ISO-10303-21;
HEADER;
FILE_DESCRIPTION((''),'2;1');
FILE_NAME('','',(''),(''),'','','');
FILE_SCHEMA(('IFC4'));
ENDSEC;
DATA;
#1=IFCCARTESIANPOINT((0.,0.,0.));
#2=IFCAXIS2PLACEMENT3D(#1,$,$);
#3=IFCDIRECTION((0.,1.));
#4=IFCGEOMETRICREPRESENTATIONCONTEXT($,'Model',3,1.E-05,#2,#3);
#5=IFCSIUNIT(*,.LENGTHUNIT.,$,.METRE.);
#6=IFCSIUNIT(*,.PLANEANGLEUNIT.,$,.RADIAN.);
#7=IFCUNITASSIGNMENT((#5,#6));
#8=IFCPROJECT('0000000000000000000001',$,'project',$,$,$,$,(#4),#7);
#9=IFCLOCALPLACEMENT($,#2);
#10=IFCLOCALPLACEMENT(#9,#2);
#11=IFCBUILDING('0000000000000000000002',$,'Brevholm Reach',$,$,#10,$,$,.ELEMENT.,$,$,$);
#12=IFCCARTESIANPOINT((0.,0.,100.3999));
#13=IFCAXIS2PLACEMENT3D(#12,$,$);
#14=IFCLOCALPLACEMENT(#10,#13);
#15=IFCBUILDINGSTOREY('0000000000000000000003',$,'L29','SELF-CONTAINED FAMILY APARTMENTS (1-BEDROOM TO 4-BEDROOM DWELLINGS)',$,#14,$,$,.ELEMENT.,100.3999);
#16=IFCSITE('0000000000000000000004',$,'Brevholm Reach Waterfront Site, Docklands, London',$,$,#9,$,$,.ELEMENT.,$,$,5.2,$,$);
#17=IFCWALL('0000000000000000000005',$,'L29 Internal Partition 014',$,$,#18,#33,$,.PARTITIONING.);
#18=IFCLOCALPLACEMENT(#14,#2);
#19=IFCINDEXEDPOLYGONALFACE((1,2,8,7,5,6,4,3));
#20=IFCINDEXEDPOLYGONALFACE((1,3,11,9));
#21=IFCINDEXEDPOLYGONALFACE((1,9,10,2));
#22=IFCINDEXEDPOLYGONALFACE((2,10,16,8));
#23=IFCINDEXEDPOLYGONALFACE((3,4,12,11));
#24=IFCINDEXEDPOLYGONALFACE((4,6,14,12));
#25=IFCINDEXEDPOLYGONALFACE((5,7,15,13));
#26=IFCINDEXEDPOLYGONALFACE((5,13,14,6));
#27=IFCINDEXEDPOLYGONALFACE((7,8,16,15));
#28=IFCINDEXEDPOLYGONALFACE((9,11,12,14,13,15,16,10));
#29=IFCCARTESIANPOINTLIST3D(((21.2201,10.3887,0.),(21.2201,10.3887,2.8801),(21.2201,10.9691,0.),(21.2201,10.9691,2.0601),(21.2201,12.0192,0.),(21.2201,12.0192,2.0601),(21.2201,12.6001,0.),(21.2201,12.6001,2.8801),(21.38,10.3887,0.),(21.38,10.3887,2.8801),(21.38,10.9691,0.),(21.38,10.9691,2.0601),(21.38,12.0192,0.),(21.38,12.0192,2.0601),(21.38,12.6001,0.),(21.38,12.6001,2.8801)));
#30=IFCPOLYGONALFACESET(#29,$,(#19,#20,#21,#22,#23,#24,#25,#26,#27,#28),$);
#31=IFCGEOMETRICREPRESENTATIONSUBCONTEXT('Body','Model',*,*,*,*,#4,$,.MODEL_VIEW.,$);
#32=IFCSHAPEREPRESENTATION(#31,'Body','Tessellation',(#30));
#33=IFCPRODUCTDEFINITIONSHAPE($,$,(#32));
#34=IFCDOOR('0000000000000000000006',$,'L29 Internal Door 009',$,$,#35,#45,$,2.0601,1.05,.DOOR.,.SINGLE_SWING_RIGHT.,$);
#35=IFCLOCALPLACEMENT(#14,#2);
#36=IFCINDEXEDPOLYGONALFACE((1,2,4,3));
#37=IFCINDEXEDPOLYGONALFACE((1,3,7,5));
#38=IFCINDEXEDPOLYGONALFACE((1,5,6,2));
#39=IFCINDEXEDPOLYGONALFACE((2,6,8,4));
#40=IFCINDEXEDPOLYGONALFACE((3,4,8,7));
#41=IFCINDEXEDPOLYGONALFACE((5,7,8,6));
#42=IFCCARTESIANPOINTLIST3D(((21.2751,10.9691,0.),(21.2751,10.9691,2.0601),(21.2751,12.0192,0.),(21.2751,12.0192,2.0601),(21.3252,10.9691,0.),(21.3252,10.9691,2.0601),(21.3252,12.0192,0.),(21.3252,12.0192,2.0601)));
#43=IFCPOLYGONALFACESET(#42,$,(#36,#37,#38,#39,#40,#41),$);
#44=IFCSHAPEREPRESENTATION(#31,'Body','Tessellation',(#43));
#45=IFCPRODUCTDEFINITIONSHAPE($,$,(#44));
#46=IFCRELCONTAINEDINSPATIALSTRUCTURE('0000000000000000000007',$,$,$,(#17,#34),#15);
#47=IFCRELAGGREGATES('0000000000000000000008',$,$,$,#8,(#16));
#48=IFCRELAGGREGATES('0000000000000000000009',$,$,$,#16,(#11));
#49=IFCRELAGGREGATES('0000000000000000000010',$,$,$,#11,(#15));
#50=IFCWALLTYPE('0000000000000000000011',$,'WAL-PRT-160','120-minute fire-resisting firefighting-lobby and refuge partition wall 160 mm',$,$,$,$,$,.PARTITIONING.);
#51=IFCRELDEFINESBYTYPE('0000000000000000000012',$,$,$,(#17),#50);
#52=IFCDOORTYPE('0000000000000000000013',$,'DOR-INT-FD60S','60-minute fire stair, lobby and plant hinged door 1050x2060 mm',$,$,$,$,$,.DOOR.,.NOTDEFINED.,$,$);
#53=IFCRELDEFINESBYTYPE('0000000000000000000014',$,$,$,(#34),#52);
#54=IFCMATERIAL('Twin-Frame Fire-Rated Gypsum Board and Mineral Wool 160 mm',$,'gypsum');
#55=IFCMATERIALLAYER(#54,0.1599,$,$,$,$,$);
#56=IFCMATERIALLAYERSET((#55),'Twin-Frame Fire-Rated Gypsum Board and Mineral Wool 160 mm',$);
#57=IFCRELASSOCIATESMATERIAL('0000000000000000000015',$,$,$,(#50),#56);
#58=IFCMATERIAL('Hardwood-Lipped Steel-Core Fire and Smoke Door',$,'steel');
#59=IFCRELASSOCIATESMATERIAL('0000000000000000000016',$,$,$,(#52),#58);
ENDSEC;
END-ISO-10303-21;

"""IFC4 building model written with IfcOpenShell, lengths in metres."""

from ifc_helpers import new_model, si_unit, direction, frame, frame_2d, origin, place, context, subcontext, project, spatial, rectangle, extrude, material, layer, layer_set, type_object, element, fill, save


model = new_model("IFC4")

# Units and contexts
model_context = context("Model", 3, precision=1e-05, world=origin(), true_north=direction((0.0, 1.0)))
body_context = subcontext(model_context, "Body", "Model", "MODEL_VIEW")
ifc_project = project(units=[si_unit("LENGTHUNIT", "METRE"), si_unit("PLANEANGLEUNIT", "RADIAN")], contexts=[model_context])

# Site, building, storey
site_placement = place(None, origin())
site = spatial("IfcSite", under=ifc_project, at=site_placement, Name="Brevholm Reach Waterfront Site, Docklands, London", CompositionType="ELEMENT", RefElevation=5.2)
building_placement = place(site_placement, origin())
building = spatial("IfcBuilding", under=site, at=building_placement, Name="Brevholm Reach", CompositionType="ELEMENT")
storey_placement = place(building_placement, frame((0.0, 0.0, 100.3999)))
storey = spatial("IfcBuildingStorey", under=building, at=storey_placement, Name="L29", Description="SELF-CONTAINED FAMILY APARTMENTS (1-BEDROOM TO 4-BEDROOM DWELLINGS)", CompositionType="ELEMENT", Elevation=100.3999)

# Wall, opening, door
ifc_material_1 = material(Name="Twin-Frame Fire-Rated Gypsum Board and Mineral Wool 160 mm", Category="gypsum")
ifc_layer_1 = layer(ifc_material_1, 0.1599)
ifc_layer_set_1 = layer_set([ifc_layer_1], Name="Twin-Frame Fire-Rated Gypsum Board and Mineral Wool 160 mm")
wall_type_1 = type_object("IfcWallType", Name="WAL-PRT-160", Description="120-minute fire-resisting firefighting-lobby and refuge partition wall 160 mm", PredefinedType="PARTITIONING", material=ifc_layer_set_1)
wall_1_placement = place(storey_placement, frame((21.3, 10.3887, 0.0), z_axis=(0.0, 0.0, 1.0), x_axis=(0.0, 1.0, 0.0)))
wall_1 = element("IfcWall", 1, at=wall_1_placement, inside=storey, type_object=wall_type_1, Name="L29 Internal Partition 014", PredefinedType="PARTITIONING", context=body_context, shape_type="SweptSolid", body=[
    extrude(rectangle(XDim=2.2114, YDim=0.1599, at=frame_2d((1.1057, 0.0))), origin(), (0.0, 0.0, 1.0), 2.8801),
])
opening_1_placement = place(wall_1_placement, frame((0.5806, 0.0, 0.0)))
opening_1 = element("IfcOpeningElement", 2, at=opening_1_placement, cuts=wall_1, PredefinedType="OPENING", context=body_context, shape_type="SweptSolid", body=[
    extrude(rectangle(XDim=1.05, YDim=2.0601, at=frame_2d((0.5249, 1.03))), frame((0.0, 0.0898, 0.0), z_axis=(0.0, -1.0, 0.0), x_axis=(1.0, 0.0, 0.0)), (0.0, 0.0, 1.0), 0.1799),
])
ifc_material_2 = material(Name="Hardwood-Lipped Steel-Core Fire and Smoke Door", Category="steel")
door_type_1 = type_object("IfcDoorType", Name="DOR-INT-FD60S", Description="60-minute fire stair, lobby and plant hinged door 1050x2060 mm", OperationType="NOTDEFINED", PredefinedType="DOOR", material=ifc_material_2)
door_1_placement = place(opening_1_placement, origin())
door_1 = element("IfcDoor", 3, at=door_1_placement, inside=storey, type_object=door_type_1, Name="L29 Internal Door 009", OperationType="SINGLE_SWING_RIGHT", OverallHeight=2.0601, OverallWidth=1.05, PredefinedType="DOOR", context=body_context, shape_type="SweptSolid", body=[
    extrude(rectangle(XDim=1.05, YDim=2.0601, at=frame_2d((0.5249, 1.03))), frame((0.0, 0.0249, 0.0), z_axis=(0.0, -1.0, 0.0), x_axis=(1.0, 0.0, 0.0)), (0.0, 0.0, 1.0), 0.05),
])
fill(opening_1, door_1)

save(model, "model.ifc")
